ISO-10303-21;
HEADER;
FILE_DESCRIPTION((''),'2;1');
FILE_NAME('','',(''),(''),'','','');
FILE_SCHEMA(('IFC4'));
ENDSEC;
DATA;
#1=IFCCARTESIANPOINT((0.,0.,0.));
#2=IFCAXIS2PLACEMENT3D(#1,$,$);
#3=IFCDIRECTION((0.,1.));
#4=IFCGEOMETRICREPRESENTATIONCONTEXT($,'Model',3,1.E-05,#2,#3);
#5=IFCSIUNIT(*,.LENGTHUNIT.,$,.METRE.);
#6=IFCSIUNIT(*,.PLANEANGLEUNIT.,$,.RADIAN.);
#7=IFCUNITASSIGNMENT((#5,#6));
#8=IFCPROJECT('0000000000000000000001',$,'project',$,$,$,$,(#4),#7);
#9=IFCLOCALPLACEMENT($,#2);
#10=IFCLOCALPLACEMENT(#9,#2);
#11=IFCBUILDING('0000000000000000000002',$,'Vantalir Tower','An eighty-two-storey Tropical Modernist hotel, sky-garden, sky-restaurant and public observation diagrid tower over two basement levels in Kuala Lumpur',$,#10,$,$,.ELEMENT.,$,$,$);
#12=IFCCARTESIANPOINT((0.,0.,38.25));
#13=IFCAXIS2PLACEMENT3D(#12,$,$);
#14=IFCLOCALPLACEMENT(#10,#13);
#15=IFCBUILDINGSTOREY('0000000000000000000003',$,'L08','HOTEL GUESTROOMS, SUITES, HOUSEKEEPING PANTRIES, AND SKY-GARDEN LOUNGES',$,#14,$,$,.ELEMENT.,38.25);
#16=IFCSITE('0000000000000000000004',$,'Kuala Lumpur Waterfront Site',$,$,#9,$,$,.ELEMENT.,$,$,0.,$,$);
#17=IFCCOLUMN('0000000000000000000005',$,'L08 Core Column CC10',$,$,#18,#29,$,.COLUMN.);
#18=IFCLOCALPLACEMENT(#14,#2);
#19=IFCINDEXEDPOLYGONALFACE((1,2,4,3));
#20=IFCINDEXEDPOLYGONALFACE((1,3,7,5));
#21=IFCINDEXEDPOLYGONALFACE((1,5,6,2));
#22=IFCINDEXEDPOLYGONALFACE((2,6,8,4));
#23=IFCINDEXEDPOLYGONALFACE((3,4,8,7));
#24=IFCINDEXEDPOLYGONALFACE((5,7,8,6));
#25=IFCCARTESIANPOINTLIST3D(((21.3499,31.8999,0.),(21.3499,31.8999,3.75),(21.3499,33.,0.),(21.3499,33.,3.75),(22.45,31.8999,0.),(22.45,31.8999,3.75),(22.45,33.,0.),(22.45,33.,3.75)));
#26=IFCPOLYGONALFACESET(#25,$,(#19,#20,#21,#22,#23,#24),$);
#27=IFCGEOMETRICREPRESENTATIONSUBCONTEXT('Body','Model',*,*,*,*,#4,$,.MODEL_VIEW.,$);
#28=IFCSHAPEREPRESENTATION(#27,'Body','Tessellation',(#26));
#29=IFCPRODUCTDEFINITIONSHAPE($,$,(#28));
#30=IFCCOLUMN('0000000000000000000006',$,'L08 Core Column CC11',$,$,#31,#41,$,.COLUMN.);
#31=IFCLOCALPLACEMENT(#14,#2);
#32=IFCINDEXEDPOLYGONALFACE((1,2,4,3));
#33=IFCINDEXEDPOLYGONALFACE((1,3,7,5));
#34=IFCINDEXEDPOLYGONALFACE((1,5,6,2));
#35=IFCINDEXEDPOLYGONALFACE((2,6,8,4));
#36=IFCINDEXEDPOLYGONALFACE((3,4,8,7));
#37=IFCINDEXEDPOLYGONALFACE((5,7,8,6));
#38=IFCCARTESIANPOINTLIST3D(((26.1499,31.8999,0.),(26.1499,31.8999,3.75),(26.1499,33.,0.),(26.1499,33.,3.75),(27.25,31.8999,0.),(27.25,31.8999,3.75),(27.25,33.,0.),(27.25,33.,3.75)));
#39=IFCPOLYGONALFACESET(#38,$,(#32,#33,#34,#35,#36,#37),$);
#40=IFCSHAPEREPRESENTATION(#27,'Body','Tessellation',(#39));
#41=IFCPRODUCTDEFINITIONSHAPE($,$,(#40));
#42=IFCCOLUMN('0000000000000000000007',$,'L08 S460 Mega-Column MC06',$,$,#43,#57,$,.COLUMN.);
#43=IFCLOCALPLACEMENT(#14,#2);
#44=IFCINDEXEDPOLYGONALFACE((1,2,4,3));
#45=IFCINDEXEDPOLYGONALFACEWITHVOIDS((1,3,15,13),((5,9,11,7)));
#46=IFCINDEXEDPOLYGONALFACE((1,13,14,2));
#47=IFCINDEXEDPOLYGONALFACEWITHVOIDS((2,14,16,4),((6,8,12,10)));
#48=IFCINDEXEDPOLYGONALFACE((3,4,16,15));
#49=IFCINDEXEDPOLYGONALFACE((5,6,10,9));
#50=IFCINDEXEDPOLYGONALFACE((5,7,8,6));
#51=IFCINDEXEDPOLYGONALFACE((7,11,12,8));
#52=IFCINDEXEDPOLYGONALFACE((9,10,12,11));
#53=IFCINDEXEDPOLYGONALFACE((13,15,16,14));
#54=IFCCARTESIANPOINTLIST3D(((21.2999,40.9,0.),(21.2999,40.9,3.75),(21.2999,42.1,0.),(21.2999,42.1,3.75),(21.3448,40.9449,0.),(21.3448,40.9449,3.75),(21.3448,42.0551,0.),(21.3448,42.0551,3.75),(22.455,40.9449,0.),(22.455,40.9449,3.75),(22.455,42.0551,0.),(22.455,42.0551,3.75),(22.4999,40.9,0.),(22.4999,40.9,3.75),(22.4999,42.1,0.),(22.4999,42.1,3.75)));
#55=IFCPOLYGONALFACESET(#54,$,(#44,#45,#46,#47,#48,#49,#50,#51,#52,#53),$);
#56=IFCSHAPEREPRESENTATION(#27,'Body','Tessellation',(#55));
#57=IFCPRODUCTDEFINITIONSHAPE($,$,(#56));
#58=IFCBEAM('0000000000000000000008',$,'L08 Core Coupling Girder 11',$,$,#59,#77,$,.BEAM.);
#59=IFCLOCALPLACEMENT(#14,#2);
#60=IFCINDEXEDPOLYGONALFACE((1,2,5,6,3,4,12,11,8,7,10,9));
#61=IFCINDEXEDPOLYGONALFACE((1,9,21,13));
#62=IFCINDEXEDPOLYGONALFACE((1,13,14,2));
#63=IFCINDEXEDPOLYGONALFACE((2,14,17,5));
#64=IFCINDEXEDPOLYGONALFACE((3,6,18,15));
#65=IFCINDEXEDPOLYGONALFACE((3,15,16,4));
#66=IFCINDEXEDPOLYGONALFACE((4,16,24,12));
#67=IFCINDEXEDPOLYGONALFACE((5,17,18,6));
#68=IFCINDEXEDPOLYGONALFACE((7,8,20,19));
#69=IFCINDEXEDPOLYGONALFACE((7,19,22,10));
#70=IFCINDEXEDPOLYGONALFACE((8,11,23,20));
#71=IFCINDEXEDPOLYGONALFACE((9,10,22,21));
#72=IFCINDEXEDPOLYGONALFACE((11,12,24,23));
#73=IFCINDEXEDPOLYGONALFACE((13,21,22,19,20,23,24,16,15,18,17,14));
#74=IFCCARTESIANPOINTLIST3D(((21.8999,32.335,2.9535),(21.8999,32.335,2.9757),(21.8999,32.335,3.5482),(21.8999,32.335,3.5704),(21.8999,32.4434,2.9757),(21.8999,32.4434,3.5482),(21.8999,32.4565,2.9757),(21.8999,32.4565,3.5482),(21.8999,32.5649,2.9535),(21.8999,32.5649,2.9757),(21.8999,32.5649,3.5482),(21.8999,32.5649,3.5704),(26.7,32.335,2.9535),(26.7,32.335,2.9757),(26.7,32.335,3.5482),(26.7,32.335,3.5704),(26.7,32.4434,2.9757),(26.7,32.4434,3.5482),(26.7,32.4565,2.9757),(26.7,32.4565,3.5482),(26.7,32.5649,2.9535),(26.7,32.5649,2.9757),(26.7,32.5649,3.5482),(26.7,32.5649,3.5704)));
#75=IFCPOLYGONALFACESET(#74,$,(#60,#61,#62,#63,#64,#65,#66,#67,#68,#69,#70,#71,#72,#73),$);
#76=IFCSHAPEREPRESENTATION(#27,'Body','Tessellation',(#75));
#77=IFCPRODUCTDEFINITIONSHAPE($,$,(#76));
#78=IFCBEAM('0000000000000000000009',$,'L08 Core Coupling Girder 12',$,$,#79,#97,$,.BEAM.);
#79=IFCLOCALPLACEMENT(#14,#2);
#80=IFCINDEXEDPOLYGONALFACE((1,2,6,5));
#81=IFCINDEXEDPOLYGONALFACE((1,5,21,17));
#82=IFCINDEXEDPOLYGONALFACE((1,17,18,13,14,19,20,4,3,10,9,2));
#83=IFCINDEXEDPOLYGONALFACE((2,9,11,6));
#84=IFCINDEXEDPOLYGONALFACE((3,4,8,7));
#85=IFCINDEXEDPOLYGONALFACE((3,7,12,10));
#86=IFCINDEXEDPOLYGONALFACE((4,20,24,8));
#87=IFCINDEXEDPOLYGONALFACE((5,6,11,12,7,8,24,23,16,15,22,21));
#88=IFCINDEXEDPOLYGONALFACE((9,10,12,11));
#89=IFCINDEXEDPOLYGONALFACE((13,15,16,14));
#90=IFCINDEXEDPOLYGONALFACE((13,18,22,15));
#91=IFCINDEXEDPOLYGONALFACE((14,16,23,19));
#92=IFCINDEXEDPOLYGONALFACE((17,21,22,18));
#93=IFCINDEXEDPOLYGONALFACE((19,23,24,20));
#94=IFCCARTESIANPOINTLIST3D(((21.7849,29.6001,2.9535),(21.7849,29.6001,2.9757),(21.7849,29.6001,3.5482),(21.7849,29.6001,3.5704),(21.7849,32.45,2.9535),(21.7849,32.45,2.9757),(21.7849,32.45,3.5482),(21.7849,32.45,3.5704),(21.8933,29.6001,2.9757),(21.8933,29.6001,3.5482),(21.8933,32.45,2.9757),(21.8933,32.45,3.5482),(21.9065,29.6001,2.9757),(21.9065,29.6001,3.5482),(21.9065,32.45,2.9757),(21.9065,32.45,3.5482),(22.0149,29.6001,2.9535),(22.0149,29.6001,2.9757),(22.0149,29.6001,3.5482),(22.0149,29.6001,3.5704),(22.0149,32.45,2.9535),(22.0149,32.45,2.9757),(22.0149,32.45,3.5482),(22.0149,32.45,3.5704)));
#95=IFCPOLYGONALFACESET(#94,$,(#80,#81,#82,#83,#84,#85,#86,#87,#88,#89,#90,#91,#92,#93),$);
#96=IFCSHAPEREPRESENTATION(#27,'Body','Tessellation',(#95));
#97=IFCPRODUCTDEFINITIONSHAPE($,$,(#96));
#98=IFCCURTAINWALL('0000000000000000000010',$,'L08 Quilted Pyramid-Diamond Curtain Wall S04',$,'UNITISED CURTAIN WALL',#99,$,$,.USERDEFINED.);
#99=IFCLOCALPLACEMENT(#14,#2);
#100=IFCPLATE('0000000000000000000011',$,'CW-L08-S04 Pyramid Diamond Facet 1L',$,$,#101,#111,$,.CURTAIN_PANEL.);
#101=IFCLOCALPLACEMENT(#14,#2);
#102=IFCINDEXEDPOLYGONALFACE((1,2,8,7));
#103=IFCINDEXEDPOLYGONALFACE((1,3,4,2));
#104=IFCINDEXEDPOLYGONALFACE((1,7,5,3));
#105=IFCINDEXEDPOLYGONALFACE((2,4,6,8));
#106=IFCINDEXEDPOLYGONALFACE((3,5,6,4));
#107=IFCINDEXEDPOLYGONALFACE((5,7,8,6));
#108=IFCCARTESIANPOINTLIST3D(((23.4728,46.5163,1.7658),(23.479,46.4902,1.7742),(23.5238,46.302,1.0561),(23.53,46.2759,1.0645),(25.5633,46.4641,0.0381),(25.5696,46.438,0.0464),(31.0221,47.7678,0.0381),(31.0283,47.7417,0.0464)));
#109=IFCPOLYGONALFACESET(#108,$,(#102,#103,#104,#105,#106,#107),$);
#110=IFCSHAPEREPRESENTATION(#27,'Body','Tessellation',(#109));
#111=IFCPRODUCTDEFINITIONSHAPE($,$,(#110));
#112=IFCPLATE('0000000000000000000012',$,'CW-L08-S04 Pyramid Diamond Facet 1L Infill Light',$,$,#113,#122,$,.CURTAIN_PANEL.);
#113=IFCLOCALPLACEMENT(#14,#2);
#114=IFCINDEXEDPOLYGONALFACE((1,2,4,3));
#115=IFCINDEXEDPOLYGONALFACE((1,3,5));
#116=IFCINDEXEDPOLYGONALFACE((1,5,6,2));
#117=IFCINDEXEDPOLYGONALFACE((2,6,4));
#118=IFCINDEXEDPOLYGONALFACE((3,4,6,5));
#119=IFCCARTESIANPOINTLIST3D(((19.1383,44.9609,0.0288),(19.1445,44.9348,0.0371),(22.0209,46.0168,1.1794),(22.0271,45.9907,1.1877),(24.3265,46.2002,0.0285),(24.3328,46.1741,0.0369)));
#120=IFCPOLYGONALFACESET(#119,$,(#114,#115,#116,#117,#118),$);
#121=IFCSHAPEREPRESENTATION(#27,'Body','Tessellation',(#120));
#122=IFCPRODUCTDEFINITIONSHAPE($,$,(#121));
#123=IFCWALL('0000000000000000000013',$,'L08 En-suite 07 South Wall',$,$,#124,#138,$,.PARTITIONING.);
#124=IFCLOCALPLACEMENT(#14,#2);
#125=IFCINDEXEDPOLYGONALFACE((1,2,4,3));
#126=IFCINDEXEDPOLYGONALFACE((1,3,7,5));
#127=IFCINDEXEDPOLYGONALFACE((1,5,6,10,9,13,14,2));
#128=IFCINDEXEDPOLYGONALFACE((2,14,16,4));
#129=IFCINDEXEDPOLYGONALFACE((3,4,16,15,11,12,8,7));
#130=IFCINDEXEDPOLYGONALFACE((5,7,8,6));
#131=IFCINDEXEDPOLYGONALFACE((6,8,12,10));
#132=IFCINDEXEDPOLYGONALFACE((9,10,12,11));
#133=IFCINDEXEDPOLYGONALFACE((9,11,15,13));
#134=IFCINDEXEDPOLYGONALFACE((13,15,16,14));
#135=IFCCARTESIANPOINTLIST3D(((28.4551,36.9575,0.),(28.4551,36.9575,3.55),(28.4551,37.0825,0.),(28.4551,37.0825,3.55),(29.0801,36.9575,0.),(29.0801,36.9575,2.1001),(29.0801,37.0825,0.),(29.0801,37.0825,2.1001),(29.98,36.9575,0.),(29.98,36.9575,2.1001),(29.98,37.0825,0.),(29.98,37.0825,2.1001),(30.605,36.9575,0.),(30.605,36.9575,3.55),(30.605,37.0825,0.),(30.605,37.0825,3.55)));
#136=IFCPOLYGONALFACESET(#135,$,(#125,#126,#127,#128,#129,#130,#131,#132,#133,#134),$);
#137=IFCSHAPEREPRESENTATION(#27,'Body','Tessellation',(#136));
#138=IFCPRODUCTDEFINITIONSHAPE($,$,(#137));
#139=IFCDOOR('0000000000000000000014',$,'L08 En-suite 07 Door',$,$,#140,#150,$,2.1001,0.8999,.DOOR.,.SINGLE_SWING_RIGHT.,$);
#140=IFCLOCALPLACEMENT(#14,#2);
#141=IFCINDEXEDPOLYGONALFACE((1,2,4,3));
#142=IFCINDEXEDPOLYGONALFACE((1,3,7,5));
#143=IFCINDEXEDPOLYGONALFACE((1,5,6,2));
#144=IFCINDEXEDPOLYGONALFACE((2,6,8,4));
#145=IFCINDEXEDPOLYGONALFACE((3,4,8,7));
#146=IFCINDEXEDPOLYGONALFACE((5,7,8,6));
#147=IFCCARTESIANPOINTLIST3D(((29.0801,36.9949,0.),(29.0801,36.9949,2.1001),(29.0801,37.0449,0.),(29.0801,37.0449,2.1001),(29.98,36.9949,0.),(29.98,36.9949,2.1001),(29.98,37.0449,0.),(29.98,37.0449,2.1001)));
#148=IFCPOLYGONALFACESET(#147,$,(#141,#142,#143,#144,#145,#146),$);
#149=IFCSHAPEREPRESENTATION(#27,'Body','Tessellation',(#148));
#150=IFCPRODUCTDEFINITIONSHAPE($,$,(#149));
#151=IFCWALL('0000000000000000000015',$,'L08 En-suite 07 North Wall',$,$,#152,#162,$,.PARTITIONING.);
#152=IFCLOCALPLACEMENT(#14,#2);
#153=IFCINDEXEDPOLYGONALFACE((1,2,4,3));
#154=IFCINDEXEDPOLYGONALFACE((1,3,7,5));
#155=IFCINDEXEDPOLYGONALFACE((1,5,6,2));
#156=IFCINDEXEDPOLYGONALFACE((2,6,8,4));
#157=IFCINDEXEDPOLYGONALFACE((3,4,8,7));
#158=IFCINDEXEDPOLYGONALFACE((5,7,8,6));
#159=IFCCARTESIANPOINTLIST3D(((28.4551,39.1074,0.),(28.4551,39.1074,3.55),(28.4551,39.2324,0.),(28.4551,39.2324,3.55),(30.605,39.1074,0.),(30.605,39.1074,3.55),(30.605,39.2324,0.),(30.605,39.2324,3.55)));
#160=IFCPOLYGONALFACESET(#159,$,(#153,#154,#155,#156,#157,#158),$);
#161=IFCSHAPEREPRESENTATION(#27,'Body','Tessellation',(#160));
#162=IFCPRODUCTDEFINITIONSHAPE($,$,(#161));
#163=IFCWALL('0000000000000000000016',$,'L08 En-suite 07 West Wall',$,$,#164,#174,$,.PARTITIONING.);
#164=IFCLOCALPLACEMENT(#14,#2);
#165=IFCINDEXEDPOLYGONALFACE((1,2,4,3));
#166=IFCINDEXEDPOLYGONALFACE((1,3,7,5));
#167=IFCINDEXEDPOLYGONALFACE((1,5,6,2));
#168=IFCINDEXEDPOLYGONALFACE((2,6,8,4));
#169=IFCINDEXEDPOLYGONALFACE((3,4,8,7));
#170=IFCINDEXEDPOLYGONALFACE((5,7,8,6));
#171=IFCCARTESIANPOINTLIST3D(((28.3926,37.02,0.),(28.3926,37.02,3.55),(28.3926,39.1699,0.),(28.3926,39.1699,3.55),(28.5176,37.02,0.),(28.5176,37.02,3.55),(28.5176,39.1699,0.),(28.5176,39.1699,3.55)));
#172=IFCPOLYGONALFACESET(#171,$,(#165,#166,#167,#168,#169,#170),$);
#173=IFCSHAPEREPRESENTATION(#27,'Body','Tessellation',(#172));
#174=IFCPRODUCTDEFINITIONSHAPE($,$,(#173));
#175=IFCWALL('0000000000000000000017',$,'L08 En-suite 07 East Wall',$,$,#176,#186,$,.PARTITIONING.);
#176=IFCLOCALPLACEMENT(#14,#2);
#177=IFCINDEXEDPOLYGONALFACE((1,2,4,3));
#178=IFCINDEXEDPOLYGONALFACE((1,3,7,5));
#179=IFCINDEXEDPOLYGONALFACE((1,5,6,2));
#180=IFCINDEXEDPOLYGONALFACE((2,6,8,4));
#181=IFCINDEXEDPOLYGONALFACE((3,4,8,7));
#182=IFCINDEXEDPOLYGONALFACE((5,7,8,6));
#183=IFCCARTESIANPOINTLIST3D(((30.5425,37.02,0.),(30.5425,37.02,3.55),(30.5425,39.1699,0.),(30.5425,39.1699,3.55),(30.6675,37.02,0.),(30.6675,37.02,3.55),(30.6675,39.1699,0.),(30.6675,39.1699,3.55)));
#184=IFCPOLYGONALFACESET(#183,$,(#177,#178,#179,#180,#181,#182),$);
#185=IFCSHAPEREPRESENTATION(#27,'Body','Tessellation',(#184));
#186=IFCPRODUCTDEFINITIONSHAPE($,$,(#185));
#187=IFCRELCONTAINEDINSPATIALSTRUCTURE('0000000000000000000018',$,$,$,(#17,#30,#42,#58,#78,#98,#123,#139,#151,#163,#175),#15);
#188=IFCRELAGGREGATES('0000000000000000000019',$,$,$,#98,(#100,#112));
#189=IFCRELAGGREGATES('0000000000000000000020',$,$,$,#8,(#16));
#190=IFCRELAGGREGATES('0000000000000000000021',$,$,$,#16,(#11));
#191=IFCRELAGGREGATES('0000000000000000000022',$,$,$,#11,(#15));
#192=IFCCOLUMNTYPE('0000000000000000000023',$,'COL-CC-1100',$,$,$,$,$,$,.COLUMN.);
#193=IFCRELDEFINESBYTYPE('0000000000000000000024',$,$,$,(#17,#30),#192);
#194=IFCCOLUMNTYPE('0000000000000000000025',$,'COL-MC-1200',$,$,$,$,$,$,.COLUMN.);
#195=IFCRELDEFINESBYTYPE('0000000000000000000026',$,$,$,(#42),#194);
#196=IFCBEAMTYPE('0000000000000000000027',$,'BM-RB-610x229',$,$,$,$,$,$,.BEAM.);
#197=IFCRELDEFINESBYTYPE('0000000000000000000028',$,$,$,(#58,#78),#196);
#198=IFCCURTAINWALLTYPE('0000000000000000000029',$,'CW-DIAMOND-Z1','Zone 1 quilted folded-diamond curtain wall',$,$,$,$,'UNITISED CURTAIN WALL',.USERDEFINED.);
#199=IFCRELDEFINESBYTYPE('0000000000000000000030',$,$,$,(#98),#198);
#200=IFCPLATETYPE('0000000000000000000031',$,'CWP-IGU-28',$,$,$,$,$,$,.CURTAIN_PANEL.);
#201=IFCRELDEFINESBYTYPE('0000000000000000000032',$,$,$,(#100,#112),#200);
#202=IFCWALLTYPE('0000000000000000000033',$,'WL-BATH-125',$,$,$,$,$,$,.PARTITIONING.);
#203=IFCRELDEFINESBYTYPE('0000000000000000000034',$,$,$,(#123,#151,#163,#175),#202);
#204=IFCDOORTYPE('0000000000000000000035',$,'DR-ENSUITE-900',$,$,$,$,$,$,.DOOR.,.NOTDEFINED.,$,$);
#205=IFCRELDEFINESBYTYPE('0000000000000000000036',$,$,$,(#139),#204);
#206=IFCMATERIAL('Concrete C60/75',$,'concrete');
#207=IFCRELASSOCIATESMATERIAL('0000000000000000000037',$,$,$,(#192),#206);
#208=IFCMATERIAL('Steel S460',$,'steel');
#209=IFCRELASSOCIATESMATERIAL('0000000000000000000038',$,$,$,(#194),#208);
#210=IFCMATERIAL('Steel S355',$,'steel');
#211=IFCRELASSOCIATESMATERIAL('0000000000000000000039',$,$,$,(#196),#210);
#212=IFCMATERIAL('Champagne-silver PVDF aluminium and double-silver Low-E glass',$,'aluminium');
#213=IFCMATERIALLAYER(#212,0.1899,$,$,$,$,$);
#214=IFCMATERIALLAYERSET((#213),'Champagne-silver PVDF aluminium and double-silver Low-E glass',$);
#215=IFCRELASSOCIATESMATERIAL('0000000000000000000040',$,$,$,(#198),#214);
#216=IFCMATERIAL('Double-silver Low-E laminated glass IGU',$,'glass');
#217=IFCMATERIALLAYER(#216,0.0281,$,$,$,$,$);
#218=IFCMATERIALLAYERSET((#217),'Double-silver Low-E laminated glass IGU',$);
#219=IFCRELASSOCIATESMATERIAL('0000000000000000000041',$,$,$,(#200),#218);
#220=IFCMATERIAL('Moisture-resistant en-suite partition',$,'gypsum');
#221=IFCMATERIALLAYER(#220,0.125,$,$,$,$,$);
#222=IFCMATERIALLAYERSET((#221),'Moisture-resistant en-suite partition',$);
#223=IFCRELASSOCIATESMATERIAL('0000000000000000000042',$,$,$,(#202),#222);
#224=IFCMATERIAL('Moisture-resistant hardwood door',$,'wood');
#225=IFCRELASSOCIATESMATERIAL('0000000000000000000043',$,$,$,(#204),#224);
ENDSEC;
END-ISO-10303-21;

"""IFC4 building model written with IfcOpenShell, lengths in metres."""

from ifc_helpers import new_model, si_unit, direction, frame, frame_2d, origin, origin_2d, place, context, subcontext, project, spatial, polyline, rectangle, hollow_rectangle, i_section, outline, extrude, material, layer, layer_set, material_profile, profile_set, type_object, element, fill, aggregate, save


model = new_model("IFC4")

# Units and contexts
model_context = context("Model", 3, precision=1e-05, world=origin(), true_north=direction((0.0, 1.0)))
body_context = subcontext(model_context, "Body", "Model", "MODEL_VIEW")
ifc_project = project(units=[si_unit("LENGTHUNIT", "METRE"), si_unit("PLANEANGLEUNIT", "RADIAN")], contexts=[model_context])

# Site, building, storey
site_placement = place(None, origin())
site = spatial("IfcSite", under=ifc_project, at=site_placement, Name="Kuala Lumpur Waterfront Site", CompositionType="ELEMENT", RefElevation=0.0)
building_placement = place(site_placement, origin())
building = spatial("IfcBuilding", under=site, at=building_placement, Name="Vantalir Tower", Description="An eighty-two-storey Tropical Modernist hotel, sky-garden, sky-restaurant and public observation diagrid tower over two basement levels in Kuala Lumpur", CompositionType="ELEMENT")
storey_placement = place(building_placement, frame((0.0, 0.0, 38.25)))
storey = spatial("IfcBuildingStorey", under=building, at=storey_placement, Name="L08", Description="HOTEL GUESTROOMS, SUITES, HOUSEKEEPING PANTRIES, AND SKY-GARDEN LOUNGES", CompositionType="ELEMENT", Elevation=38.25)

# Columns
ifc_material_1 = material(Name="Concrete C60/75", Category="concrete")
ifc_material_profile_1 = material_profile(ifc_material_1, rectangle(XDim=1.1001, YDim=1.1001, at=origin_2d()), Name="Concrete C60/75")
ifc_profile_set_1 = profile_set([ifc_material_profile_1], Name="Concrete C60/75")
column_type_1 = type_object("IfcColumnType", Name="COL-CC-1100", PredefinedType="COLUMN", material=ifc_profile_set_1)
for number, where, z_axis, x_axis, name in (
    (1, (21.8999, 32.45, 0.0), (0.0, 0.0, 1.0), (1.0, 0.0, 0.0), "L08 Core Column CC10"),
    (2, (26.7, 32.45, 0.0), (0.0, 0.0, 1.0), (1.0, 0.0, 0.0), "L08 Core Column CC11"),
):
    element("IfcColumn", number, at=place(storey_placement, frame(where, z_axis=z_axis, x_axis=x_axis)), inside=storey, type_object=column_type_1, Name=name, PredefinedType="COLUMN", context=body_context, shape_type="SweptSolid", body=[
        extrude(rectangle(XDim=1.1001, YDim=1.1001, at=origin_2d()), origin(), (0.0, 0.0, 1.0), 3.75),
    ])
ifc_material_2 = material(Name="Steel S460", Category="steel")
ifc_material_profile_2 = material_profile(ifc_material_2, hollow_rectangle(XDim=1.2, YDim=1.2, WallThickness=0.0449, at=origin_2d()), Name="Steel S460")
ifc_profile_set_2 = profile_set([ifc_material_profile_2], Name="Steel S460")
column_type_2 = type_object("IfcColumnType", Name="COL-MC-1200", PredefinedType="COLUMN", material=ifc_profile_set_2)
column_placement = place(storey_placement, frame((21.8999, 41.5, 0.0), z_axis=(0.0, 0.0, 1.0), x_axis=(1.0, 0.0, 0.0)))
element("IfcColumn", 3, at=column_placement, inside=storey, type_object=column_type_2, Name="L08 S460 Mega-Column MC06", PredefinedType="COLUMN", context=body_context, shape_type="SweptSolid", body=[
    extrude(hollow_rectangle(XDim=1.2, YDim=1.2, WallThickness=0.0449, at=origin_2d()), origin(), (0.0, 0.0, 1.0), 3.75),
])

# Beams
ifc_material_3 = material(Name="Steel S355", Category="steel")
ifc_material_profile_3 = material_profile(ifc_material_3, i_section(OverallWidth=0.23, OverallDepth=0.6169, WebThickness=0.0132, FlangeThickness=0.0222, at=origin_2d()), Name="Steel S355")
ifc_profile_set_3 = profile_set([ifc_material_profile_3], Name="Steel S355")
beam_type = type_object("IfcBeamType", Name="BM-RB-610x229", PredefinedType="BEAM", material=ifc_profile_set_3)
beam_1_placement = place(storey_placement, frame((26.7, 32.45, 3.262), z_axis=(-1.0, 0.0, 0.0), x_axis=(0.0, -1.0, 0.0)))
element("IfcBeam", 4, at=beam_1_placement, inside=storey, type_object=beam_type, Name="L08 Core Coupling Girder 11", PredefinedType="BEAM", context=body_context, shape_type="SweptSolid", body=[
    extrude(i_section(OverallWidth=0.23, OverallDepth=0.6169, WebThickness=0.0132, FlangeThickness=0.0222, at=origin_2d()), origin(), (0.0, 0.0, 1.0), 4.8),
])
beam_2_placement = place(storey_placement, frame((21.8999, 32.45, 3.262), z_axis=(0.0, -1.0, 0.0), x_axis=(1.0, 0.0, 0.0)))
element("IfcBeam", 5, at=beam_2_placement, inside=storey, type_object=beam_type, Name="L08 Core Coupling Girder 12", PredefinedType="BEAM", context=body_context, shape_type="SweptSolid", body=[
    extrude(i_section(OverallWidth=0.23, OverallDepth=0.6169, WebThickness=0.0132, FlangeThickness=0.0222, at=origin_2d()), origin(), (0.0, 0.0, 1.0), 2.8499),
])

# Curtain wall, plates
ifc_material_4 = material(Name="Champagne-silver PVDF aluminium and double-silver Low-E glass", Category="aluminium")
ifc_layer_1 = layer(ifc_material_4, 0.1899)
ifc_layer_set_1 = layer_set([ifc_layer_1], Name="Champagne-silver PVDF aluminium and double-silver Low-E glass")
curtain_wall_type = type_object("IfcCurtainWallType", Name="CW-DIAMOND-Z1", Description="Zone 1 quilted folded-diamond curtain wall", ElementType="UNITISED CURTAIN WALL", PredefinedType="USERDEFINED", material=ifc_layer_set_1)
curtain_wall_placement = place(storey_placement, origin())
curtain_wall = element("IfcCurtainWall", 6, at=curtain_wall_placement, inside=storey, type_object=curtain_wall_type, Name="L08 Quilted Pyramid-Diamond Curtain Wall S04", ObjectType="UNITISED CURTAIN WALL", PredefinedType="USERDEFINED")
ifc_material_5 = material(Name="Double-silver Low-E laminated glass IGU", Category="glass")
ifc_layer_2 = layer(ifc_material_5, 0.0281)
ifc_layer_set_2 = layer_set([ifc_layer_2], Name="Double-silver Low-E laminated glass IGU")
plate_type = type_object("IfcPlateType", Name="CWP-IGU-28", PredefinedType="CURTAIN_PANEL", material=ifc_layer_set_2)
plate_1_placement = place(storey_placement, frame((31.0283, 47.7417, 0.0464), z_axis=(0.221848, -0.928902, 0.29652), x_axis=(-0.972645, -0.232295, -0.000001)))
plate_1 = element("IfcPlate", 7, at=plate_1_placement, type_object=plate_type, Name="CW-L08-S04 Pyramid Diamond Facet 1L", PredefinedType="CURTAIN_PANEL", context=body_context, shape_type="SweptSolid", body=[
    extrude(outline(polyline([(0.0, 0.0), (5.6123, 0.0), (7.6337, -1.066), (7.6335, -1.8091), (0.0, 0.0)])), origin(), (0.0, 0.0, -1.0), 0.0281),
])
plate_2_placement = place(storey_placement, frame((24.3328, 46.1741, 0.0369), z_axis=(0.221887, -0.928885, 0.296544), x_axis=(-0.972638, -0.232324, 0.000046)))
plate_2 = element("IfcPlate", 8, at=plate_2_placement, type_object=plate_type, Name="CW-L08-S04 Pyramid Diamond Facet 1L Infill Light", PredefinedType="CURTAIN_PANEL", context=body_context, shape_type="SweptSolid", body=[
    extrude(outline(polyline([(0.0, 0.0), (5.3342, 0.0), (2.2852, -1.205), (0.0, 0.0)])), origin(), (0.0, 0.0, -1.0), 0.0281),
])
aggregate(curtain_wall, [plate_1, plate_2])

# Wall, opening, door
ifc_material_6 = material(Name="Moisture-resistant en-suite partition", Category="gypsum")
ifc_layer_3 = layer(ifc_material_6, 0.125)
ifc_layer_set_3 = layer_set([ifc_layer_3], Name="Moisture-resistant en-suite partition")
wall_type_1 = type_object("IfcWallType", Name="WL-BATH-125", PredefinedType="PARTITIONING", material=ifc_layer_set_3)
wall_1_placement = place(storey_placement, frame((28.4551, 37.02, 0.0), z_axis=(0.0, 0.0, 1.0), x_axis=(1.0, 0.0, 0.0)))
wall_1 = element("IfcWall", 9, at=wall_1_placement, inside=storey, type_object=wall_type_1, Name="L08 En-suite 07 South Wall", PredefinedType="PARTITIONING", context=body_context, shape_type="SweptSolid", body=[
    extrude(rectangle(XDim=2.1499, YDim=0.125, at=frame_2d((1.075, 0.0))), origin(), (0.0, 0.0, 1.0), 3.55),
])
opening_1_placement = place(wall_1_placement, frame((0.625, 0.0, 0.0)))
opening_1 = element("IfcOpeningElement", 10, at=opening_1_placement, cuts=wall_1, PredefinedType="OPENING", context=body_context, shape_type="SweptSolid", body=[
    extrude(rectangle(XDim=0.8999, YDim=2.1001, at=frame_2d((0.45, 1.05))), frame((0.0, 0.0725, 0.0), z_axis=(0.0, -1.0, 0.0), x_axis=(1.0, 0.0, 0.0)), (0.0, 0.0, 1.0), 0.145),
])
ifc_material_7 = material(Name="Moisture-resistant hardwood door", Category="wood")
door_type_1 = type_object("IfcDoorType", Name="DR-ENSUITE-900", OperationType="NOTDEFINED", PredefinedType="DOOR", material=ifc_material_7)
door_1_placement = place(opening_1_placement, origin())
door_1 = element("IfcDoor", 11, at=door_1_placement, inside=storey, type_object=door_type_1, Name="L08 En-suite 07 Door", OperationType="SINGLE_SWING_RIGHT", OverallHeight=2.1001, OverallWidth=0.8999, PredefinedType="DOOR", context=body_context, shape_type="SweptSolid", body=[
    extrude(rectangle(XDim=0.8999, YDim=2.1001, at=frame_2d((0.45, 1.05))), frame((0.0, 0.0249, 0.0), z_axis=(0.0, -1.0, 0.0), x_axis=(1.0, 0.0, 0.0)), (0.0, 0.0, 1.0), 0.05),
])
fill(opening_1, door_1)

# Walls
for number, where, z_axis, x_axis, name in (
    (12, (28.4551, 39.1699, 0.0), (0.0, 0.0, 1.0), (1.0, 0.0, 0.0), "L08 En-suite 07 North Wall"),
    (13, (28.4551, 37.02, 0.0), (0.0, 0.0, 1.0), (0.0, 1.0, 0.0), "L08 En-suite 07 West Wall"),
    (14, (30.605, 37.02, 0.0), (0.0, 0.0, 1.0), (0.0, 1.0, 0.0), "L08 En-suite 07 East Wall"),
):
    element("IfcWall", number, at=place(storey_placement, frame(where, z_axis=z_axis, x_axis=x_axis)), inside=storey, type_object=wall_type_1, Name=name, PredefinedType="PARTITIONING", context=body_context, shape_type="SweptSolid", body=[
        extrude(rectangle(XDim=2.1499, YDim=0.125, at=frame_2d((1.075, 0.0))), origin(), (0.0, 0.0, 1.0), 3.55),
    ])

save(model, "model.ifc")
